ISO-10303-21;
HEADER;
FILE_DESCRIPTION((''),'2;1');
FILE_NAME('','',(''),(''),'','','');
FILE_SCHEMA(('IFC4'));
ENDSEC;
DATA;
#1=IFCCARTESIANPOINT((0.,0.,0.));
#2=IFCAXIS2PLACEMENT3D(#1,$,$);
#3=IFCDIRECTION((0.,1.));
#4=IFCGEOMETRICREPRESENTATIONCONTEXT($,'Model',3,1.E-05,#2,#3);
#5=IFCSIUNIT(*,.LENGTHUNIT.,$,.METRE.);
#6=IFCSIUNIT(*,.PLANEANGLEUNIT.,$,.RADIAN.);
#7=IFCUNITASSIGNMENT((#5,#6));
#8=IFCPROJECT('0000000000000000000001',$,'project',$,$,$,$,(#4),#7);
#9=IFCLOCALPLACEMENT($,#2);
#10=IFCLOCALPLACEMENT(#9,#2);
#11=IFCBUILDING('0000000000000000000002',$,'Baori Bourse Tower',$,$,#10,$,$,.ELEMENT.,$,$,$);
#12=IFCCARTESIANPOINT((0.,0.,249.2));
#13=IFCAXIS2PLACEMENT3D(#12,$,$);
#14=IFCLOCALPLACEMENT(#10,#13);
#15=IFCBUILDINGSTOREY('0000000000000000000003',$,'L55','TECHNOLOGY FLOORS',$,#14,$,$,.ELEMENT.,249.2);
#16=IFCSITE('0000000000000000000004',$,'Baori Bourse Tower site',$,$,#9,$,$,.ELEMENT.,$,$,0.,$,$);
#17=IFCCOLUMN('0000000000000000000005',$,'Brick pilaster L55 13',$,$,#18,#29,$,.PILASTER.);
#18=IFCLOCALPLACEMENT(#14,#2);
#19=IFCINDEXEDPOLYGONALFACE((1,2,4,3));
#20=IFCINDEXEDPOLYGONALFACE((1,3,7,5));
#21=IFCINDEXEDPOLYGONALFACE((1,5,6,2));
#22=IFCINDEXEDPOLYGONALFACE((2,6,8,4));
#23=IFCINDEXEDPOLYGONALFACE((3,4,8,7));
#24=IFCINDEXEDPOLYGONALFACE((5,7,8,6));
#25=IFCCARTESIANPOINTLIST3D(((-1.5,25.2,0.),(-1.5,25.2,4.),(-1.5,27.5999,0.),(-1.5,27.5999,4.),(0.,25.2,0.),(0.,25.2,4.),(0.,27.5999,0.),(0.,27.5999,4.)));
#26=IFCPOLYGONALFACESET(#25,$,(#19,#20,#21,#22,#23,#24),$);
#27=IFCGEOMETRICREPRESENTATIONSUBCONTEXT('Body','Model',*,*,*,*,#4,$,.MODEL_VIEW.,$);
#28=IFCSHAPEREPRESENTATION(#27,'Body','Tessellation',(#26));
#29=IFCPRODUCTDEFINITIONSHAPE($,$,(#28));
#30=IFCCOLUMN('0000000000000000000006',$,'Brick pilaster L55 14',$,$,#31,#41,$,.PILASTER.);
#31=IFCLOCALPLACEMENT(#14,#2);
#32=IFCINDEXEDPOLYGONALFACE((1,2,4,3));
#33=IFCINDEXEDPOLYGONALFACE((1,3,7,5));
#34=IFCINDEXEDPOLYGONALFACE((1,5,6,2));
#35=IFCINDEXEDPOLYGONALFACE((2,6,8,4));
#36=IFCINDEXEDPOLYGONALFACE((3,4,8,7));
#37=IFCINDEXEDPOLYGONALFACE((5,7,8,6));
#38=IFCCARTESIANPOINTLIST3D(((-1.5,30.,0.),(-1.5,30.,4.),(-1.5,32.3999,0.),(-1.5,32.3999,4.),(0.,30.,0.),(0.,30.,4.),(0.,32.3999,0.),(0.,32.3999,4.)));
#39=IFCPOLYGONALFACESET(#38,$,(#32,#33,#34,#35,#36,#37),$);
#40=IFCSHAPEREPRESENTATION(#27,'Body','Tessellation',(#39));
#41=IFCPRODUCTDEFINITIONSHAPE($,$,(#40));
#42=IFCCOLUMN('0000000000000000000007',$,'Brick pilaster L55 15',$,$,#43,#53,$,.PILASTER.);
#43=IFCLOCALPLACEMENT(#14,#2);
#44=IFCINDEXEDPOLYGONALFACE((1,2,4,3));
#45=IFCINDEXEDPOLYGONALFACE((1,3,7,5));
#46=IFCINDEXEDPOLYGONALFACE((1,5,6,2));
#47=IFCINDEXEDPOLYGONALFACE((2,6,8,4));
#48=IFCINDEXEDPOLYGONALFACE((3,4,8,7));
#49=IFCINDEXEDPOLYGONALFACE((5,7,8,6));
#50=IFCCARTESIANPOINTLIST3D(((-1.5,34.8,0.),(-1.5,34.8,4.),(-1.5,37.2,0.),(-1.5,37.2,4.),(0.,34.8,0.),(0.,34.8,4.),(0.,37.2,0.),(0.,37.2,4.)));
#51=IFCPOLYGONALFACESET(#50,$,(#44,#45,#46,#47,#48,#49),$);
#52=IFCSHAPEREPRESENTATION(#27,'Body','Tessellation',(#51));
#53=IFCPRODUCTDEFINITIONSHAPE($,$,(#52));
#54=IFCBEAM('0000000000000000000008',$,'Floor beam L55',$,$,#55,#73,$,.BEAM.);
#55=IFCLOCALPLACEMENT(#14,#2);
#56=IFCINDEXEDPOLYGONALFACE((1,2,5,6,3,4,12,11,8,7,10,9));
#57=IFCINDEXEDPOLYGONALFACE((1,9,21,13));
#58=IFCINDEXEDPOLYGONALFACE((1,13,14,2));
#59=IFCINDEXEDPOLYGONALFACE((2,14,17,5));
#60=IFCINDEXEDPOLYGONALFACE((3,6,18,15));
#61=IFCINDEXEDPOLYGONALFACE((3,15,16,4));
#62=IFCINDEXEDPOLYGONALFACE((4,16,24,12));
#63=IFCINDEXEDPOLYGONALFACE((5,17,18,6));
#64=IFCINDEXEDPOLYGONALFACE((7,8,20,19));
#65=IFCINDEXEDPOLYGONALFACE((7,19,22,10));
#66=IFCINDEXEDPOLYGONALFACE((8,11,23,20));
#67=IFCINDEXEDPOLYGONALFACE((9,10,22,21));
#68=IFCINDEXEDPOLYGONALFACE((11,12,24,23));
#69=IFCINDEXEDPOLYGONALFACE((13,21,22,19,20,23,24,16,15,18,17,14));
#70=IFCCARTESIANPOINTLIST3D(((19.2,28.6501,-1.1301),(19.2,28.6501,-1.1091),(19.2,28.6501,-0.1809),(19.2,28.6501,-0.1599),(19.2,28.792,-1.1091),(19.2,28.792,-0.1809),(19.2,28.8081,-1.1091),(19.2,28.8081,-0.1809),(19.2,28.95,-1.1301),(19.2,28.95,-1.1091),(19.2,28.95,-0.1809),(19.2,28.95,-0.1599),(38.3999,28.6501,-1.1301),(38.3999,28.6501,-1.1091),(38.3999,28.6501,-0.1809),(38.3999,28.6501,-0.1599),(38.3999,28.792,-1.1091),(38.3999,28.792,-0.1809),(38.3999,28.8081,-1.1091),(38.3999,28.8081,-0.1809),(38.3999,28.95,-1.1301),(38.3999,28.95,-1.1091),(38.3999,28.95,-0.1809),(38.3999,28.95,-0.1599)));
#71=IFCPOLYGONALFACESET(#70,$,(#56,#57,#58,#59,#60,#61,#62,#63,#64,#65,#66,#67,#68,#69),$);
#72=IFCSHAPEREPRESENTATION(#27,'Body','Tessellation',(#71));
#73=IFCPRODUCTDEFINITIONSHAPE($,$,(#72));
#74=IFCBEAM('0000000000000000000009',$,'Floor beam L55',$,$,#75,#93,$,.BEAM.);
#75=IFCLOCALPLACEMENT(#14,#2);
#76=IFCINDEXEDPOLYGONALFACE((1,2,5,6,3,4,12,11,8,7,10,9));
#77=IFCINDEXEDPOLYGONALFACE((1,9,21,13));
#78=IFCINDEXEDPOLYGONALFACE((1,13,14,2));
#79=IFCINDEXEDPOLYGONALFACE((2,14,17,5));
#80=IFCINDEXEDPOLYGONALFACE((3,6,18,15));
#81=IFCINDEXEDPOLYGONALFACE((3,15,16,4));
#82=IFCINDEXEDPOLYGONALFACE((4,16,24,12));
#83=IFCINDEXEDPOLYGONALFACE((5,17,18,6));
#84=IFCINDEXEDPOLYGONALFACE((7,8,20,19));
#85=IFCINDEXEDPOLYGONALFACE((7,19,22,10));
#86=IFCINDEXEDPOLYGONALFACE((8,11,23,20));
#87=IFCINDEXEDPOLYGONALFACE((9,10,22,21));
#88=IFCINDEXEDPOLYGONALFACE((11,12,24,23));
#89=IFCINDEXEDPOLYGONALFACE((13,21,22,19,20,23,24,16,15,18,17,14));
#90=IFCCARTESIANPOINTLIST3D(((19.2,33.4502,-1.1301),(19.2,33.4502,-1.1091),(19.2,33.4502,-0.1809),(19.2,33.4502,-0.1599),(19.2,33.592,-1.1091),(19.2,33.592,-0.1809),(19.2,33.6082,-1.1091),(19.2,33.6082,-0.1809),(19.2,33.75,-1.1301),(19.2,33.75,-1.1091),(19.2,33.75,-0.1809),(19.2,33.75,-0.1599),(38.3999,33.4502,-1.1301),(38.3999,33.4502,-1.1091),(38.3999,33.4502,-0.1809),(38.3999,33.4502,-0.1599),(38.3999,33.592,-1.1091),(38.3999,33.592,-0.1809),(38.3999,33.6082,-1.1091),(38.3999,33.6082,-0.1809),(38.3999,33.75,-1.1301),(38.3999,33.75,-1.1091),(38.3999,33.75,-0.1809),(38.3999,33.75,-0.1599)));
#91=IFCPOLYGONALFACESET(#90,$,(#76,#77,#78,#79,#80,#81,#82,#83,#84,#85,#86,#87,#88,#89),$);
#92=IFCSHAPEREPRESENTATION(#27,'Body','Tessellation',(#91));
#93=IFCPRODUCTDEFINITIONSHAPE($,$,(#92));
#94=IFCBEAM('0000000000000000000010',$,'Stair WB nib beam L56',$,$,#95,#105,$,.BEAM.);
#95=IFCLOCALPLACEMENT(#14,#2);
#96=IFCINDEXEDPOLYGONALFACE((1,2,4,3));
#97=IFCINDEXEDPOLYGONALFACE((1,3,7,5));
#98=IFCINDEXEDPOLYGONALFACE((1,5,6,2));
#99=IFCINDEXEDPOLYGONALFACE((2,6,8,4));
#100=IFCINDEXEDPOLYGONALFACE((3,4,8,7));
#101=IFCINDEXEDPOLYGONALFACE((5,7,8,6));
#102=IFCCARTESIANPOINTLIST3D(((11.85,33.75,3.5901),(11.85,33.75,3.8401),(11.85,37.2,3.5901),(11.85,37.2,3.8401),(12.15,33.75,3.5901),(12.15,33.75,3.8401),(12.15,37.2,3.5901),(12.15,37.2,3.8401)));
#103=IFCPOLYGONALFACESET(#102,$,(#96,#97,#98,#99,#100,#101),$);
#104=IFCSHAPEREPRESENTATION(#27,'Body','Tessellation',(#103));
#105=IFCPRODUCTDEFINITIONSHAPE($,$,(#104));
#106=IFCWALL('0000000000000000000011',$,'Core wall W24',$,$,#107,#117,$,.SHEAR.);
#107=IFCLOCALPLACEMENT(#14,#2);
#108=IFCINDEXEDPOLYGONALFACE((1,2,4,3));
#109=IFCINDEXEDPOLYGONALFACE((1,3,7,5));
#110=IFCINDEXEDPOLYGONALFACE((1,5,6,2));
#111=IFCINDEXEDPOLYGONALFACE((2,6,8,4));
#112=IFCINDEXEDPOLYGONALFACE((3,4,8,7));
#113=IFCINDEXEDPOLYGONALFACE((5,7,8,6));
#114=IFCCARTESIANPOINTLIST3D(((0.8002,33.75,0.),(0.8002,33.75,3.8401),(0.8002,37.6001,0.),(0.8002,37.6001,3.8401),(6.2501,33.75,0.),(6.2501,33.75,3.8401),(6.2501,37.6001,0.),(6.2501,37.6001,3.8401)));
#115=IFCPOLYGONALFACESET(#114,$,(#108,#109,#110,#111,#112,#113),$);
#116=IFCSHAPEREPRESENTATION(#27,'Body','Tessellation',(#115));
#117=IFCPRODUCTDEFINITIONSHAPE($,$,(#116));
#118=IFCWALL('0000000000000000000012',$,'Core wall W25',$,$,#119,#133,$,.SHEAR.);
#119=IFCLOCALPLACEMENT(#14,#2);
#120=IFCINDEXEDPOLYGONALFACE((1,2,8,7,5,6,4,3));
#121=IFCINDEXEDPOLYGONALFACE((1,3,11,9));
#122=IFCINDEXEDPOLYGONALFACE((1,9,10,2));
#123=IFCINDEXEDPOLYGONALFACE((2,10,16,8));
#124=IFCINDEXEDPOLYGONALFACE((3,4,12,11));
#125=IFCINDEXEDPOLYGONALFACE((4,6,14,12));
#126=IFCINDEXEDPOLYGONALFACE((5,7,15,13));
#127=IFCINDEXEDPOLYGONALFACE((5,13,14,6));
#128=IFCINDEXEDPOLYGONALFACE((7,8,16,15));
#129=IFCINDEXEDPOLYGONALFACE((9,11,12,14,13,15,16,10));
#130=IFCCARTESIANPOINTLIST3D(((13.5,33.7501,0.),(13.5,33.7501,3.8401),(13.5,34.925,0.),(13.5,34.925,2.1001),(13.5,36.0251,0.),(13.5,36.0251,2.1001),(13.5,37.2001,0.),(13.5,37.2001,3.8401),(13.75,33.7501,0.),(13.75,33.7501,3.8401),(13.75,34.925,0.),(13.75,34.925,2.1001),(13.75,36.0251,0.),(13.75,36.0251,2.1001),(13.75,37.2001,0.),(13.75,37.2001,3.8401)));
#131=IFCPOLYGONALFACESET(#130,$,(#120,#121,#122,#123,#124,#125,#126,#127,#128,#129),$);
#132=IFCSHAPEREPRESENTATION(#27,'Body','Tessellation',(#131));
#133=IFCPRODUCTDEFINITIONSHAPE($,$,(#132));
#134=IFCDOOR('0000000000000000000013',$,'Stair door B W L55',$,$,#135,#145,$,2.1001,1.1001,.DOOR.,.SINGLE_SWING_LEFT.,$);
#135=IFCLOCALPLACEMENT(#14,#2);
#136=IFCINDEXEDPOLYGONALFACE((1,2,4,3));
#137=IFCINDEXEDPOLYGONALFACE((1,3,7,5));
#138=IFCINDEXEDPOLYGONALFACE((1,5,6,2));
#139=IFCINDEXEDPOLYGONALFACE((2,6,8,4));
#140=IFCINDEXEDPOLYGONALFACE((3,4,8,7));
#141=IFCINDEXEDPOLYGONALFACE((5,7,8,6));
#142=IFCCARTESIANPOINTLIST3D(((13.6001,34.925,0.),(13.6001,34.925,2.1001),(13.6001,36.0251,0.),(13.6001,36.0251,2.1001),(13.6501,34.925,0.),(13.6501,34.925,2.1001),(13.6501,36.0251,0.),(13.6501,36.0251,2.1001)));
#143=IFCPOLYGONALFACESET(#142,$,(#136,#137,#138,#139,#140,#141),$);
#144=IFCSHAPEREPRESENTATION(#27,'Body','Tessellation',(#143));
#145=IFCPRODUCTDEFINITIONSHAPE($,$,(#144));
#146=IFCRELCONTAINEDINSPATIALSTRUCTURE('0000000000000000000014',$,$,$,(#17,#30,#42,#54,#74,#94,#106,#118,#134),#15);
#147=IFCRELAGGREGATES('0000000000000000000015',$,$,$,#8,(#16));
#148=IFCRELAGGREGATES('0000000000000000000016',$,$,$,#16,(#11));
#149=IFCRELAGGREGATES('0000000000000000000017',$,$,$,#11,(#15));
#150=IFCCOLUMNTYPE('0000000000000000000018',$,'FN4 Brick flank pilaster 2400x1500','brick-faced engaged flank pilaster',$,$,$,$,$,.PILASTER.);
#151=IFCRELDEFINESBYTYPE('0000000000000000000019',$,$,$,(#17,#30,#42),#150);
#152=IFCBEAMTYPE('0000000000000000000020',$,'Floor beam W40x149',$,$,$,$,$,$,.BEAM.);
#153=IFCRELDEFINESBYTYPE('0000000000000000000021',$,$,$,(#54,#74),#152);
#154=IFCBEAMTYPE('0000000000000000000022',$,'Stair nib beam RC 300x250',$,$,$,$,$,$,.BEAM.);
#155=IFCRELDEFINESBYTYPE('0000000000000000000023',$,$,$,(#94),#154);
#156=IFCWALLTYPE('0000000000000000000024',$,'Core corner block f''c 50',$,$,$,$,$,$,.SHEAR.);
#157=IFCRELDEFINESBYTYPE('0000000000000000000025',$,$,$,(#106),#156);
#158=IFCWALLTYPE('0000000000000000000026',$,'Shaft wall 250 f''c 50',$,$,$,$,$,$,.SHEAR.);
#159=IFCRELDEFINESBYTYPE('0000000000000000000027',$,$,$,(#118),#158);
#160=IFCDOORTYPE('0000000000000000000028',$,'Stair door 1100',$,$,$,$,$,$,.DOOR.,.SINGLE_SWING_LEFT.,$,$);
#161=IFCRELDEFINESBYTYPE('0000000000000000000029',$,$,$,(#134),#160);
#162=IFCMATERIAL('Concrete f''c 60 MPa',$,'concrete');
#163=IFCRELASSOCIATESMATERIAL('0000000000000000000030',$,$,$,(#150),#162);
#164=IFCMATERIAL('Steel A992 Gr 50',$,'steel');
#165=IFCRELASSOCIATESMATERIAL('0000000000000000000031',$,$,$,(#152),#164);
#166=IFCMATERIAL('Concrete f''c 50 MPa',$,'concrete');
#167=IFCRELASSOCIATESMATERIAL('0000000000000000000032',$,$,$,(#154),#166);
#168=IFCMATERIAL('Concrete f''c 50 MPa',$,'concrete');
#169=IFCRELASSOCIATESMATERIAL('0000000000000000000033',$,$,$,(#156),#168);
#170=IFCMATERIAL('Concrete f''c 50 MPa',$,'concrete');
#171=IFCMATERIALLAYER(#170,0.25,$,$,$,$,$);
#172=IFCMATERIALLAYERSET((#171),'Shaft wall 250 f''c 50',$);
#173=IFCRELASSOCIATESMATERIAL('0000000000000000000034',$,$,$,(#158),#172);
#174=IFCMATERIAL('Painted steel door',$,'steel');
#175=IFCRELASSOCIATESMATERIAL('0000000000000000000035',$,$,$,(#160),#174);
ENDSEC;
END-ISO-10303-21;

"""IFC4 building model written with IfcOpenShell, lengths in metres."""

from ifc_helpers import new_model, si_unit, direction, frame, frame_2d, origin, origin_2d, place, context, subcontext, project, spatial, rectangle, i_section, extrude, material, layer, layer_set, material_profile, profile_set, type_object, element, fill, save


model = new_model("IFC4")

# Units and contexts
model_context = context("Model", 3, precision=1e-05, world=origin(), true_north=direction((0.0, 1.0)))
body_context = subcontext(model_context, "Body", "Model", "MODEL_VIEW")
ifc_project = project(units=[si_unit("LENGTHUNIT", "METRE"), si_unit("PLANEANGLEUNIT", "RADIAN")], contexts=[model_context])

# Site, building, storey
site_placement = place(None, origin())
site = spatial("IfcSite", under=ifc_project, at=site_placement, Name="Baori Bourse Tower site", CompositionType="ELEMENT", RefElevation=0.0)
building_placement = place(site_placement, origin())
building = spatial("IfcBuilding", under=site, at=building_placement, Name="Baori Bourse Tower", CompositionType="ELEMENT")
storey_placement = place(building_placement, frame((0.0, 0.0, 249.2)))
storey = spatial("IfcBuildingStorey", under=building, at=storey_placement, Name="L55", Description="TECHNOLOGY FLOORS", CompositionType="ELEMENT", Elevation=249.2)

# Columns
ifc_material_1 = material(Name="Concrete f'c 60 MPa", Category="concrete")
ifc_material_profile_1 = material_profile(ifc_material_1, rectangle(XDim=2.3999, YDim=1.5, at=origin_2d()), Name="RC 2400x1500")
ifc_profile_set_1 = profile_set([ifc_material_profile_1], Name="Concrete f'c 60 MPa")
column_type = type_object("IfcColumnType", Name="FN4 Brick flank pilaster 2400x1500", Description="brick-faced engaged flank pilaster", PredefinedType="PILASTER", material=ifc_profile_set_1)
for number, where, z_axis, x_axis, name in (
    (1, (-0.75, 26.3999, 0.0), (0.0, 0.0, 1.0), (0.0, 1.0, 0.0), "Brick pilaster L55 13"),
    (2, (-0.75, 31.2, 0.0), (0.0, 0.0, 1.0), (0.0, 1.0, 0.0), "Brick pilaster L55 14"),
    (3, (-0.75, 36.0, 0.0), (0.0, 0.0, 1.0), (0.0, 1.0, 0.0), "Brick pilaster L55 15"),
):
    element("IfcColumn", number, at=place(storey_placement, frame(where, z_axis=z_axis, x_axis=x_axis)), inside=storey, type_object=column_type, Name=name, PredefinedType="PILASTER", context=body_context, shape_type="SweptSolid", body=[
        extrude(rectangle(XDim=2.3999, YDim=1.5, at=origin_2d()), origin(), (0.0, 0.0, 1.0), 4.0),
    ])

# Beams
ifc_material_2 = material(Name="Steel A992 Gr 50", Category="steel")
ifc_material_profile_2 = material_profile(ifc_material_2, i_section(OverallWidth=0.2998, OverallDepth=0.9702, WebThickness=0.0161, FlangeThickness=0.021, at=origin_2d()), Name="W40x149")
ifc_profile_set_2 = profile_set([ifc_material_profile_2], Name="Steel A992 Gr 50")
beam_type_1 = type_object("IfcBeamType", Name="Floor beam W40x149", PredefinedType="BEAM", material=ifc_profile_set_2)
for number, where, z_axis, x_axis, name in (
    (4, (19.2, 28.8, -0.645), (1.0, 0.0, 0.0), (0.0, 1.0, 0.0), "Floor beam L55"),
    (5, (19.2, 33.6001, -0.645), (1.0, 0.0, 0.0), (0.0, 1.0, 0.0), "Floor beam L55"),
):
    element("IfcBeam", number, at=place(storey_placement, frame(where, z_axis=z_axis, x_axis=x_axis)), inside=storey, type_object=beam_type_1, Name=name, PredefinedType="BEAM", context=body_context, shape_type="SweptSolid", body=[
        extrude(i_section(OverallWidth=0.2998, OverallDepth=0.9702, WebThickness=0.0161, FlangeThickness=0.021, at=origin_2d()), origin(), (0.0, 0.0, 1.0), 19.2),
    ])
ifc_material_3 = material(Name="Concrete f'c 50 MPa", Category="concrete")
ifc_material_profile_3 = material_profile(ifc_material_3, rectangle(XDim=0.3, YDim=0.25, at=origin_2d()), Name="RC 300x250")
ifc_profile_set_3 = profile_set([ifc_material_profile_3], Name="Concrete f'c 50 MPa")
beam_type_2 = type_object("IfcBeamType", Name="Stair nib beam RC 300x250", PredefinedType="BEAM", material=ifc_profile_set_3)
beam_placement = place(storey_placement, frame((12.0, 33.75, 3.7151), z_axis=(0.0, 1.0, 0.0), x_axis=(-1.0, 0.0, 0.0)))
element("IfcBeam", 6, at=beam_placement, inside=storey, type_object=beam_type_2, Name="Stair WB nib beam L56", PredefinedType="BEAM", context=body_context, shape_type="SweptSolid", body=[
    extrude(rectangle(XDim=0.3, YDim=0.25, at=origin_2d()), origin(), (0.0, 0.0, 1.0), 3.45),
])

# Wall
ifc_material_4 = material(Name="Concrete f'c 50 MPa", Category="concrete")
wall_type_1 = type_object("IfcWallType", Name="Core corner block f'c 50", PredefinedType="SHEAR", material=ifc_material_4)
wall_1_placement = place(storey_placement, frame((0.8, 35.675, 0.0), z_axis=(0.0, 0.0, 1.0), x_axis=(1.0, 0.0, 0.0)))
element("IfcWall", 7, at=wall_1_placement, inside=storey, type_object=wall_type_1, Name="Core wall W24", PredefinedType="SHEAR", context=body_context, shape_type="SweptSolid", body=[
    extrude(rectangle(XDim=5.45, YDim=3.8501, at=frame_2d((2.7251, 0.0))), origin(), (0.0, 0.0, 1.0), 3.8401),
])

# Wall, opening, door
ifc_material_5 = material(Name="Concrete f'c 50 MPa", Category="concrete")
ifc_layer_1 = layer(ifc_material_5, 0.25)
ifc_layer_set_1 = layer_set([ifc_layer_1], Name="Shaft wall 250 f'c 50")
wall_type_2 = type_object("IfcWallType", Name="Shaft wall 250 f'c 50", PredefinedType="SHEAR", material=ifc_layer_set_1)
wall_2_placement = place(storey_placement, frame((13.625, 33.75, 0.0), z_axis=(0.0, 0.0, 1.0), x_axis=(0.0, 1.0, 0.0)))
wall_2 = element("IfcWall", 8, at=wall_2_placement, inside=storey, type_object=wall_type_2, Name="Core wall W25", PredefinedType="SHEAR", context=body_context, shape_type="SweptSolid", body=[
    extrude(rectangle(XDim=3.45, YDim=0.25, at=frame_2d((1.7251, 0.0))), origin(), (0.0, 0.0, 1.0), 3.8401),
])
opening_1_placement = place(wall_2_placement, frame((1.175, 0.0, 0.0)))
opening_1 = element("IfcOpeningElement", 9, at=opening_1_placement, cuts=wall_2, PredefinedType="OPENING", context=body_context, shape_type="SweptSolid", body=[
    extrude(rectangle(XDim=1.1001, YDim=2.1001, at=frame_2d((0.55, 1.05))), frame((0.0, 0.135, 0.0), z_axis=(0.0, -1.0, 0.0), x_axis=(1.0, 0.0, 0.0)), (0.0, 0.0, 1.0), 0.27),
])
ifc_material_6 = material(Name="Painted steel door", Category="steel")
door_type_1 = type_object("IfcDoorType", Name="Stair door 1100", OperationType="SINGLE_SWING_LEFT", PredefinedType="DOOR", material=ifc_material_6)
door_1_placement = place(opening_1_placement, origin())
door_1 = element("IfcDoor", 10, at=door_1_placement, inside=storey, type_object=door_type_1, Name="Stair door B W L55", OperationType="SINGLE_SWING_LEFT", OverallHeight=2.1001, OverallWidth=1.1001, PredefinedType="DOOR", context=body_context, shape_type="SweptSolid", body=[
    extrude(rectangle(XDim=1.1001, YDim=2.1001, at=frame_2d((0.55, 1.05))), frame((0.0, 0.0249, 0.0), z_axis=(0.0, -1.0, 0.0), x_axis=(1.0, 0.0, 0.0)), (0.0, 0.0, 1.0), 0.05),
])
fill(opening_1, door_1)

save(model, "model.ifc")
